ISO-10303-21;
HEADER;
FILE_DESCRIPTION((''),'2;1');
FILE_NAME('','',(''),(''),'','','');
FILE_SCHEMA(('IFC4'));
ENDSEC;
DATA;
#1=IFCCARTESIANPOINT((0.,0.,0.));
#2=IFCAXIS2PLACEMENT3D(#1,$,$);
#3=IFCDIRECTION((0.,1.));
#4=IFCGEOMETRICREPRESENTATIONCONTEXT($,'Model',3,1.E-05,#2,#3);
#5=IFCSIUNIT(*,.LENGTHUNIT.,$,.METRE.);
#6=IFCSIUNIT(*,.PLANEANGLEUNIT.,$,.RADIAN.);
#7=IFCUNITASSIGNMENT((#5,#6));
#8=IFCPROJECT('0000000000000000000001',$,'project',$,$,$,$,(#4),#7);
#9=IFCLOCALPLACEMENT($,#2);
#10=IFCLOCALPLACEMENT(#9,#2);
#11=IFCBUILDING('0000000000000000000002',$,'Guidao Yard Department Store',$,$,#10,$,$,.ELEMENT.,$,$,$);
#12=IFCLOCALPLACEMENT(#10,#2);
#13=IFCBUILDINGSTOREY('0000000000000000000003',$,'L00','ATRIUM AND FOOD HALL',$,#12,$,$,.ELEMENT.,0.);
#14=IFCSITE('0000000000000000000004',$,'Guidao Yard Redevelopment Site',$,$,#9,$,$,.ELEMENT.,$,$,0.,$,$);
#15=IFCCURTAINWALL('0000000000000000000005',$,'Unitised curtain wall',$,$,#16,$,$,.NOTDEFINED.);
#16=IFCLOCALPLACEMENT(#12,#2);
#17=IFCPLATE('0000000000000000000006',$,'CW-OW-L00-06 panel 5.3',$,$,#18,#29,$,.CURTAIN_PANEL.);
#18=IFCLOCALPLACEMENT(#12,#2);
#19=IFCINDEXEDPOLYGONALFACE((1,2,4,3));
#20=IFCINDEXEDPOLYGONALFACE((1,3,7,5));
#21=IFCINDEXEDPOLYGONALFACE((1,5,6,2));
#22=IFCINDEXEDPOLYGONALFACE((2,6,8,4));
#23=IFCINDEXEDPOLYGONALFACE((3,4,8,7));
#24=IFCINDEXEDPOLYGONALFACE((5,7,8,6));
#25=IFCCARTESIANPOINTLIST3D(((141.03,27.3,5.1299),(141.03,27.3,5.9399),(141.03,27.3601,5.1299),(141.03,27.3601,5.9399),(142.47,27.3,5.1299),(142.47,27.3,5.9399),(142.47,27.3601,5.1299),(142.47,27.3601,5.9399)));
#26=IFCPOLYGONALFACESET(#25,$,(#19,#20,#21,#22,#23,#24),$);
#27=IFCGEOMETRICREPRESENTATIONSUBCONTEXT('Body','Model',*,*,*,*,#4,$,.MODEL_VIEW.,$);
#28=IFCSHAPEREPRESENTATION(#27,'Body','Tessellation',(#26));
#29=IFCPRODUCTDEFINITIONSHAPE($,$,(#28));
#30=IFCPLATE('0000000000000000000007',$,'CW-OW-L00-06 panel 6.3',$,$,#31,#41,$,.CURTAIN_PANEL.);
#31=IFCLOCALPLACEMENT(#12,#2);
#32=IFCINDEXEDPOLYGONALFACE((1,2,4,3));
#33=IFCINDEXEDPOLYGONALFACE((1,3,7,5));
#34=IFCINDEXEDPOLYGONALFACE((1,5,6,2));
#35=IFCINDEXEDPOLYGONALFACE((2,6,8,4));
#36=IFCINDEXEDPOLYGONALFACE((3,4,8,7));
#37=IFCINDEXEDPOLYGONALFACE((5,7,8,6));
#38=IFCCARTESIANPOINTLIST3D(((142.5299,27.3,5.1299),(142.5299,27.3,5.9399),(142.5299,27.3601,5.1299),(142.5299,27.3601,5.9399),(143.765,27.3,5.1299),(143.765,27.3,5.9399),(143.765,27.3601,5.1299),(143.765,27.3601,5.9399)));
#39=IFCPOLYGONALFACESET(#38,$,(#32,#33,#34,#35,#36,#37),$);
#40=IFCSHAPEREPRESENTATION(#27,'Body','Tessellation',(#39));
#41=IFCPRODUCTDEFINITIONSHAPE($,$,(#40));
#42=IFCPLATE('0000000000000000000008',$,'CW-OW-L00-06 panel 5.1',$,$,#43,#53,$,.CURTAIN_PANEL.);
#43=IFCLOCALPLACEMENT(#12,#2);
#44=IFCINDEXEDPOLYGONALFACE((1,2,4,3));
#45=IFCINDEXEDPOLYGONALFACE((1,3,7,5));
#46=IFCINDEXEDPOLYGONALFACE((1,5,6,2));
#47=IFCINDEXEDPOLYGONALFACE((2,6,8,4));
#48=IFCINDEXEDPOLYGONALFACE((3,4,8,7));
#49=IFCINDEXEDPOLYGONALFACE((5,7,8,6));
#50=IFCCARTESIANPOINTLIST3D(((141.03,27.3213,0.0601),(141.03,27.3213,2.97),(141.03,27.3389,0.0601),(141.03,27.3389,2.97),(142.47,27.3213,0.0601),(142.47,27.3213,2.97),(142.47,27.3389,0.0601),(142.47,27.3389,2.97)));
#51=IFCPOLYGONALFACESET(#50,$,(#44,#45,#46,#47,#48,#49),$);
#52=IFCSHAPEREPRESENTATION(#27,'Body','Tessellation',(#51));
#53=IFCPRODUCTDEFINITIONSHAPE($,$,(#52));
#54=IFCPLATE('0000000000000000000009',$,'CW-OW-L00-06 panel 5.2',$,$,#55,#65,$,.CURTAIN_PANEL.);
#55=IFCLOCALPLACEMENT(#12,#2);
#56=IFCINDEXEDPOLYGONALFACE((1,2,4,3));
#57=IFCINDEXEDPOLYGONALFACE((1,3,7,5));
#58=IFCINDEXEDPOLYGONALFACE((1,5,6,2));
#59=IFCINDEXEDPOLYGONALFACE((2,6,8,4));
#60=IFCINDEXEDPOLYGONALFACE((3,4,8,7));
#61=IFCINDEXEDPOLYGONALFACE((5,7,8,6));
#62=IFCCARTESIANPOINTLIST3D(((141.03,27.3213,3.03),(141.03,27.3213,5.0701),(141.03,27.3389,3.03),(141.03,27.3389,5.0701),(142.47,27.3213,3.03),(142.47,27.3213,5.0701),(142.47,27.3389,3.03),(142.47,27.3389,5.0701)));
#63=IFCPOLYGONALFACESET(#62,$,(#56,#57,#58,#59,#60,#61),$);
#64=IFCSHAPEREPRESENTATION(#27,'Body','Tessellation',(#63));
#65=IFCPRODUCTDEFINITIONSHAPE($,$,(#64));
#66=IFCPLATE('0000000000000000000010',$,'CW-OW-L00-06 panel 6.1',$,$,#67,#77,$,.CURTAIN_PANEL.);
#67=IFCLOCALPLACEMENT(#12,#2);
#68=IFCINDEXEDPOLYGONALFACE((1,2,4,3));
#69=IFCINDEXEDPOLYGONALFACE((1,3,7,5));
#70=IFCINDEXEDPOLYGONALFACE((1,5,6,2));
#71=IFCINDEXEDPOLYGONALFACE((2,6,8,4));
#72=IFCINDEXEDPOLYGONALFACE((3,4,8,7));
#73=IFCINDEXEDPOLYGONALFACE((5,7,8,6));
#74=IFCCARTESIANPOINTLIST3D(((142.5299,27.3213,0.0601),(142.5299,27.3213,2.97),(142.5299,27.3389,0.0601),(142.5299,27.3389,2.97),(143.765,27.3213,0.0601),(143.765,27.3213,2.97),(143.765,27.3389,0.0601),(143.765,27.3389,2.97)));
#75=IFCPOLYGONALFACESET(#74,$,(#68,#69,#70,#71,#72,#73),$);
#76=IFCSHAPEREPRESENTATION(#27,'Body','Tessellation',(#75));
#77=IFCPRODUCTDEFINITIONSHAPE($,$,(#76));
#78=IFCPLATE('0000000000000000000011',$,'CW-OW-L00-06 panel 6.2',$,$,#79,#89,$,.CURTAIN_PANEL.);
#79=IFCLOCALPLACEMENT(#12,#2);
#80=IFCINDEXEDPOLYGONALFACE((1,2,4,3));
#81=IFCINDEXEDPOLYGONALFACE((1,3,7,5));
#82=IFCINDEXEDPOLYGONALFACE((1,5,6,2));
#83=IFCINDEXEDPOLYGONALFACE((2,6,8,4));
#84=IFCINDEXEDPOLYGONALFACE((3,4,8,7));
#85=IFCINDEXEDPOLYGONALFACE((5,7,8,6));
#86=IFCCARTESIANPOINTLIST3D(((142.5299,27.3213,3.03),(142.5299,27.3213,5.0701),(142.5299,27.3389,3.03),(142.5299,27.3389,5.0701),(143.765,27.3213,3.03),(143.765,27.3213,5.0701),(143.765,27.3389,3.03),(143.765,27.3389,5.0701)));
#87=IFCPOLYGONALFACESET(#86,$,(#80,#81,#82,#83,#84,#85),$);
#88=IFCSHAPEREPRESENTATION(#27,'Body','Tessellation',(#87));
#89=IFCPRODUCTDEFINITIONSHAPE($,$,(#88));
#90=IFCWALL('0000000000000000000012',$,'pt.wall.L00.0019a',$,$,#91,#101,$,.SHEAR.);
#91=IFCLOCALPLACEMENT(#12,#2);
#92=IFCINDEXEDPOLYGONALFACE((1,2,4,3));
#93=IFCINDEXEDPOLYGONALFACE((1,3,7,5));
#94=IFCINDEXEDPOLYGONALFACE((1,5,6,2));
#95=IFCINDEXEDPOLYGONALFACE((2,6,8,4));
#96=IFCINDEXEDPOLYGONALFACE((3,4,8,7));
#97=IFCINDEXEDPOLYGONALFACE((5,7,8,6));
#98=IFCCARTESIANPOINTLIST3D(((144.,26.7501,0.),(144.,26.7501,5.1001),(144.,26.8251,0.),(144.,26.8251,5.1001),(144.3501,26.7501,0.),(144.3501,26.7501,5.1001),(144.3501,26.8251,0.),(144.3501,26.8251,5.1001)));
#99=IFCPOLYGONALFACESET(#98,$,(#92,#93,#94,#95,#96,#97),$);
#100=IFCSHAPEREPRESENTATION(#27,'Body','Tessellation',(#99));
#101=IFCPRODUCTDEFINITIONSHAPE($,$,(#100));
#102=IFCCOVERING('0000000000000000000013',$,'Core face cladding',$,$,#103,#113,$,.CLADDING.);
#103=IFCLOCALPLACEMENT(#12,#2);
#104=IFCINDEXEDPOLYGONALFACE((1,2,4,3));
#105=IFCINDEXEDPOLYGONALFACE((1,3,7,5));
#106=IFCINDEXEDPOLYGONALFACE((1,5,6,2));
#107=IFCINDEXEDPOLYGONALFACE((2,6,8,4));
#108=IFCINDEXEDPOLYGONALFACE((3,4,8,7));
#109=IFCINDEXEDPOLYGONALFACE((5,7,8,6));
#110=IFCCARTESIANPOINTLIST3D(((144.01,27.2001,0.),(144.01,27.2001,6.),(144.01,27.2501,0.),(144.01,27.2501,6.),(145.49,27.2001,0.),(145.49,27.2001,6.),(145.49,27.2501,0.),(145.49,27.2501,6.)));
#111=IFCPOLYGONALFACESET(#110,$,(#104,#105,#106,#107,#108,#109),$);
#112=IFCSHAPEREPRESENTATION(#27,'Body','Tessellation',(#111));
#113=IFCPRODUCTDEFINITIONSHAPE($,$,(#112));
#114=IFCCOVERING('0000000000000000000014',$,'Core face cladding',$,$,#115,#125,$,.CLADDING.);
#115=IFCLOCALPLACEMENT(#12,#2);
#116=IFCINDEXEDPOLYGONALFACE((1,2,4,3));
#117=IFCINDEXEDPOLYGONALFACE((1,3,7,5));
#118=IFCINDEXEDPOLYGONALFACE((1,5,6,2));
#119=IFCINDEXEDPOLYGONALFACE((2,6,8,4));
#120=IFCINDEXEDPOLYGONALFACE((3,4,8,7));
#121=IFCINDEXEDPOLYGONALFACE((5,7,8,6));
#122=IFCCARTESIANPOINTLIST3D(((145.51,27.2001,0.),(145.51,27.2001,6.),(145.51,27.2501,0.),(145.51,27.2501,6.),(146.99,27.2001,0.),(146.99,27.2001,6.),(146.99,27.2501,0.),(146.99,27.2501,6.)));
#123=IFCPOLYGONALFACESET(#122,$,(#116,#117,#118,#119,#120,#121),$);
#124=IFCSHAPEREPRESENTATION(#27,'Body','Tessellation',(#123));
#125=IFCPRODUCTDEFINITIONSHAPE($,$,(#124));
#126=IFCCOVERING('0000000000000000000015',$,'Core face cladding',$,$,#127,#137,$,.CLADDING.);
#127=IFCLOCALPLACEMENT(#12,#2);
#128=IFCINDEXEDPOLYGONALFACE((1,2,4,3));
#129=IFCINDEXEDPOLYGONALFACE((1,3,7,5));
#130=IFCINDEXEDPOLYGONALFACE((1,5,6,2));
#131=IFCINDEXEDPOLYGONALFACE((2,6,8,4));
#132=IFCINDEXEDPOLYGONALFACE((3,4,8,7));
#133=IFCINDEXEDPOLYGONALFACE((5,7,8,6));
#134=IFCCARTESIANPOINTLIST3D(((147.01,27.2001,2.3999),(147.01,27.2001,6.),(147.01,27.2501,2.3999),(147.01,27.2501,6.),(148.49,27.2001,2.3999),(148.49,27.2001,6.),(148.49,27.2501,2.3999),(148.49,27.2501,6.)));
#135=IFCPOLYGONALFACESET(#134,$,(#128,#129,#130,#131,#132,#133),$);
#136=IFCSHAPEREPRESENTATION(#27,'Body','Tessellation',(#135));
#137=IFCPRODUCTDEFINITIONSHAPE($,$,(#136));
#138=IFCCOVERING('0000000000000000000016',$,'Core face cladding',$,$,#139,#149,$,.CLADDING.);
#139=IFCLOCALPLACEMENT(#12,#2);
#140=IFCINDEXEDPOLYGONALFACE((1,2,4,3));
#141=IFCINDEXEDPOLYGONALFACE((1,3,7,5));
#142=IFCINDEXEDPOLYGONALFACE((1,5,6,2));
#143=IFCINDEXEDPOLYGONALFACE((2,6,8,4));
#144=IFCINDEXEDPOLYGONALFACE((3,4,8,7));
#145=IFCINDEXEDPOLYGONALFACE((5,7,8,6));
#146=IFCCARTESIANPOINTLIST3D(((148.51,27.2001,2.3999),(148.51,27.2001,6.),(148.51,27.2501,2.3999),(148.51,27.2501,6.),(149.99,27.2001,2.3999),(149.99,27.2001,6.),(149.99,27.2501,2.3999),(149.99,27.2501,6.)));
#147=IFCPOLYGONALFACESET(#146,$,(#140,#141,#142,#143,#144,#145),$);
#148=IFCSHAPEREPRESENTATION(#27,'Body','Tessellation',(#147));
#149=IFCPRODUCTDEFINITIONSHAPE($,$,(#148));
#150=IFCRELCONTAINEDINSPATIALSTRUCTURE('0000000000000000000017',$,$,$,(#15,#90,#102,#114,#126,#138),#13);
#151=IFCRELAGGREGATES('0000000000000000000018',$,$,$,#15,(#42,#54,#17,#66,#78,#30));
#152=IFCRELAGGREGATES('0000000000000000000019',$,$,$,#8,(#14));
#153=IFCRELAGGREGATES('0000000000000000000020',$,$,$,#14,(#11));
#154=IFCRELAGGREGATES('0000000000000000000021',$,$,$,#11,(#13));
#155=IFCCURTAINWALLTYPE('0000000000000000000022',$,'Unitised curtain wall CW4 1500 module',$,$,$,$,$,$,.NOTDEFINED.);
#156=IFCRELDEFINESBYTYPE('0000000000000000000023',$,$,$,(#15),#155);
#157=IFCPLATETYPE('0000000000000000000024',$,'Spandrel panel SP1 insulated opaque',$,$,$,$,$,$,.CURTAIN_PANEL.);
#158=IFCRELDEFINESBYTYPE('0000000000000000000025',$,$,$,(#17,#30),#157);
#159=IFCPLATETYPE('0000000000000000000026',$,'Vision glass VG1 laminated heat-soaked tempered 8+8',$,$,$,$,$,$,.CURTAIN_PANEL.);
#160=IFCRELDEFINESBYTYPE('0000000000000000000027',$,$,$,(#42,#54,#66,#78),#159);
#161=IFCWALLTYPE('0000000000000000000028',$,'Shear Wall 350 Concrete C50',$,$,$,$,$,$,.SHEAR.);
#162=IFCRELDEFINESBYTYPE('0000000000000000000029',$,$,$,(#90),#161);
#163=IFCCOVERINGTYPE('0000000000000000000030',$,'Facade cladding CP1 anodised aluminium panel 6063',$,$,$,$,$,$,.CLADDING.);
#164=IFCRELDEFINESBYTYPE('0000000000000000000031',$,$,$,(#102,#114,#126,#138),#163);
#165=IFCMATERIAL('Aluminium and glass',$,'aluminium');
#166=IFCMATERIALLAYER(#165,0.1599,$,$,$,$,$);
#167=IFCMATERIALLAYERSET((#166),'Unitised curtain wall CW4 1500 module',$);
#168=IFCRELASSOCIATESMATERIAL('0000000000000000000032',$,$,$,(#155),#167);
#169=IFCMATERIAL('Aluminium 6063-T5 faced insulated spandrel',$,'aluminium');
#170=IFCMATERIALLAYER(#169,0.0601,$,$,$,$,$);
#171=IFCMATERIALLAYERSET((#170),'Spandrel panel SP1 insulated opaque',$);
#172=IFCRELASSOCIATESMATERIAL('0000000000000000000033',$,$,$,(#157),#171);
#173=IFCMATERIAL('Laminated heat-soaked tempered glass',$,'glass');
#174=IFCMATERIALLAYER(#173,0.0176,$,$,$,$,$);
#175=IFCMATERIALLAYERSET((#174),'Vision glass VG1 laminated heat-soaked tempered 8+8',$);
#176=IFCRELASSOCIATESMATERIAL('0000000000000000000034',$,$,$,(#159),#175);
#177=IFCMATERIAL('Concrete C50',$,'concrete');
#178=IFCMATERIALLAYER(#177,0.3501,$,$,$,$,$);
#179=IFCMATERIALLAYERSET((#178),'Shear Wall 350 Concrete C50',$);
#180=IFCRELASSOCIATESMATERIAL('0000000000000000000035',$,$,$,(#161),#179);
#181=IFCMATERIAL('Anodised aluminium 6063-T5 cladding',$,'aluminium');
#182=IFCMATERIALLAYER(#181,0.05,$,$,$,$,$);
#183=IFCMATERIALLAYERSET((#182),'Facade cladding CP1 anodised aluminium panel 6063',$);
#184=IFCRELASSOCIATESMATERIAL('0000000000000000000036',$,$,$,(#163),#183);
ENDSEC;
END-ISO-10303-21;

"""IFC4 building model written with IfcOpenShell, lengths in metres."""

from ifc_helpers import new_model, si_unit, direction, frame, frame_2d, origin, origin_2d, place, context, subcontext, project, spatial, rectangle, extrude, material, layer, layer_set, type_object, element, aggregate, save


model = new_model("IFC4")

# Units and contexts
model_context = context("Model", 3, precision=1e-05, world=origin(), true_north=direction((0.0, 1.0)))
body_context = subcontext(model_context, "Body", "Model", "MODEL_VIEW")
ifc_project = project(units=[si_unit("LENGTHUNIT", "METRE"), si_unit("PLANEANGLEUNIT", "RADIAN")], contexts=[model_context])

# Site, building, storey
site_placement = place(None, origin())
site = spatial("IfcSite", under=ifc_project, at=site_placement, Name="Guidao Yard Redevelopment Site", CompositionType="ELEMENT", RefElevation=0.0)
building_placement = place(site_placement, origin())
building = spatial("IfcBuilding", under=site, at=building_placement, Name="Guidao Yard Department Store", CompositionType="ELEMENT")
storey_placement = place(building_placement, origin())
storey = spatial("IfcBuildingStorey", under=building, at=storey_placement, Name="L00", Description="ATRIUM AND FOOD HALL", CompositionType="ELEMENT", Elevation=0.0)

# Curtain wall
ifc_material_1 = material(Name="Aluminium and glass", Category="aluminium")
ifc_layer_1 = layer(ifc_material_1, 0.1599)
ifc_layer_set_1 = layer_set([ifc_layer_1], Name="Unitised curtain wall CW4 1500 module")
curtain_wall_type = type_object("IfcCurtainWallType", Name="Unitised curtain wall CW4 1500 module", PredefinedType="NOTDEFINED", material=ifc_layer_set_1)
curtain_wall_placement = place(storey_placement, origin())
curtain_wall = element("IfcCurtainWall", 1, at=curtain_wall_placement, inside=storey, type_object=curtain_wall_type, Name="Unitised curtain wall", PredefinedType="NOTDEFINED")

# Plates
ifc_material_2 = material(Name="Aluminium 6063-T5 faced insulated spandrel", Category="aluminium")
ifc_layer_2 = layer(ifc_material_2, 0.0601)
ifc_layer_set_2 = layer_set([ifc_layer_2], Name="Spandrel panel SP1 insulated opaque")
plate_type_1 = type_object("IfcPlateType", Name="Spandrel panel SP1 insulated opaque", PredefinedType="CURTAIN_PANEL", material=ifc_layer_set_2)
plate_1_placement = place(storey_placement, frame((141.75, 27.3301, 5.1299), z_axis=(0.0, 0.0, 1.0), x_axis=(1.0, 0.0, 0.0)))
plate_1 = element("IfcPlate", 2, at=plate_1_placement, type_object=plate_type_1, Name="CW-OW-L00-06 panel 5.3", PredefinedType="CURTAIN_PANEL", context=body_context, shape_type="SweptSolid", body=[
    extrude(rectangle(XDim=1.4399, YDim=0.0601, at=origin_2d()), origin(), (0.0, 0.0, 1.0), 0.8101),
])
plate_2_placement = place(storey_placement, frame((143.1475, 27.3301, 5.1299), z_axis=(0.0, 0.0, 1.0), x_axis=(1.0, 0.0, 0.0)))
plate_2 = element("IfcPlate", 3, at=plate_2_placement, type_object=plate_type_1, Name="CW-OW-L00-06 panel 6.3", PredefinedType="CURTAIN_PANEL", context=body_context, shape_type="SweptSolid", body=[
    extrude(rectangle(XDim=1.2351, YDim=0.0601, at=origin_2d()), origin(), (0.0, 0.0, 1.0), 0.8101),
])
ifc_material_3 = material(Name="Laminated heat-soaked tempered glass", Category="glass")
ifc_layer_3 = layer(ifc_material_3, 0.0176)
ifc_layer_set_3 = layer_set([ifc_layer_3], Name="Vision glass VG1 laminated heat-soaked tempered 8+8")
plate_type_2 = type_object("IfcPlateType", Name="Vision glass VG1 laminated heat-soaked tempered 8+8", PredefinedType="CURTAIN_PANEL", material=ifc_layer_set_3)
plate_3_placement = place(storey_placement, frame((141.75, 27.3301, 0.0601), z_axis=(0.0, 0.0, 1.0), x_axis=(1.0, 0.0, 0.0)))
plate_3 = element("IfcPlate", 4, at=plate_3_placement, type_object=plate_type_2, Name="CW-OW-L00-06 panel 5.1", PredefinedType="CURTAIN_PANEL", context=body_context, shape_type="SweptSolid", body=[
    extrude(rectangle(XDim=1.4399, YDim=0.0176, at=origin_2d()), origin(), (0.0, 0.0, 1.0), 2.9099),
])
plate_4_placement = place(storey_placement, frame((141.75, 27.3301, 3.03), z_axis=(0.0, 0.0, 1.0), x_axis=(1.0, 0.0, 0.0)))
plate_4 = element("IfcPlate", 5, at=plate_4_placement, type_object=plate_type_2, Name="CW-OW-L00-06 panel 5.2", PredefinedType="CURTAIN_PANEL", context=body_context, shape_type="SweptSolid", body=[
    extrude(rectangle(XDim=1.4399, YDim=0.0176, at=origin_2d()), origin(), (0.0, 0.0, 1.0), 2.04),
])
plate_5_placement = place(storey_placement, frame((143.1475, 27.3301, 0.0601), z_axis=(0.0, 0.0, 1.0), x_axis=(1.0, 0.0, 0.0)))
plate_5 = element("IfcPlate", 6, at=plate_5_placement, type_object=plate_type_2, Name="CW-OW-L00-06 panel 6.1", PredefinedType="CURTAIN_PANEL", context=body_context, shape_type="SweptSolid", body=[
    extrude(rectangle(XDim=1.2351, YDim=0.0176, at=origin_2d()), origin(), (0.0, 0.0, 1.0), 2.9099),
])
plate_6_placement = place(storey_placement, frame((143.1475, 27.3301, 3.03), z_axis=(0.0, 0.0, 1.0), x_axis=(1.0, 0.0, 0.0)))
plate_6 = element("IfcPlate", 7, at=plate_6_placement, type_object=plate_type_2, Name="CW-OW-L00-06 panel 6.2", PredefinedType="CURTAIN_PANEL", context=body_context, shape_type="SweptSolid", body=[
    extrude(rectangle(XDim=1.2351, YDim=0.0176, at=origin_2d()), origin(), (0.0, 0.0, 1.0), 2.04),
])
aggregate(curtain_wall, [plate_3, plate_4, plate_1, plate_5, plate_6, plate_2])

# Wall
ifc_material_4 = material(Name="Concrete C50", Category="concrete")
ifc_layer_4 = layer(ifc_material_4, 0.3501)
ifc_layer_set_4 = layer_set([ifc_layer_4], Name="Shear Wall 350 Concrete C50")
wall_type_1 = type_object("IfcWallType", Name="Shear Wall 350 Concrete C50", PredefinedType="SHEAR", material=ifc_layer_set_4)
wall_1_placement = place(storey_placement, frame((144.175, 26.75, 0.0), z_axis=(0.0, 0.0, 1.0), x_axis=(0.0, 1.0, 0.0)))
element("IfcWall", 8, at=wall_1_placement, inside=storey, type_object=wall_type_1, Name="pt.wall.L00.0019a", PredefinedType="SHEAR", context=body_context, shape_type="SweptSolid", body=[
    extrude(rectangle(XDim=0.075, YDim=0.3501, at=frame_2d((0.0376, 0.0))), origin(), (0.0, 0.0, 1.0), 5.1001),
])

# Coverings
ifc_material_5 = material(Name="Anodised aluminium 6063-T5 cladding", Category="aluminium")
ifc_layer_5 = layer(ifc_material_5, 0.05)
ifc_layer_set_5 = layer_set([ifc_layer_5], Name="Facade cladding CP1 anodised aluminium panel 6063")
covering_type = type_object("IfcCoveringType", Name="Facade cladding CP1 anodised aluminium panel 6063", PredefinedType="CLADDING", material=ifc_layer_set_5)
for number, where, z_axis, x_axis, name in (
    (9, (144.75, 27.2251, 0.0), (0.0, 0.0, 1.0), (1.0, 0.0, 0.0), "Core face cladding"),
    (10, (146.25, 27.2251, 0.0), (0.0, 0.0, 1.0), (1.0, 0.0, 0.0), "Core face cladding"),
):
    element("IfcCovering", number, at=place(storey_placement, frame(where, z_axis=z_axis, x_axis=x_axis)), inside=storey, type_object=covering_type, Name=name, PredefinedType="CLADDING", context=body_context, shape_type="SweptSolid", body=[
        extrude(rectangle(XDim=1.48, YDim=0.05, at=origin_2d()), origin(), (0.0, 0.0, 1.0), 6.0),
    ])
for number, where, z_axis, x_axis, name in (
    (11, (147.75, 27.2251, 2.3999), (0.0, 0.0, 1.0), (1.0, 0.0, 0.0), "Core face cladding"),
    (12, (149.25, 27.2251, 2.3999), (0.0, 0.0, 1.0), (1.0, 0.0, 0.0), "Core face cladding"),
):
    element("IfcCovering", number, at=place(storey_placement, frame(where, z_axis=z_axis, x_axis=x_axis)), inside=storey, type_object=covering_type, Name=name, PredefinedType="CLADDING", context=body_context, shape_type="SweptSolid", body=[
        extrude(rectangle(XDim=1.48, YDim=0.05, at=origin_2d()), origin(), (0.0, 0.0, 1.0), 3.6001),
    ])

save(model, "model.ifc")
